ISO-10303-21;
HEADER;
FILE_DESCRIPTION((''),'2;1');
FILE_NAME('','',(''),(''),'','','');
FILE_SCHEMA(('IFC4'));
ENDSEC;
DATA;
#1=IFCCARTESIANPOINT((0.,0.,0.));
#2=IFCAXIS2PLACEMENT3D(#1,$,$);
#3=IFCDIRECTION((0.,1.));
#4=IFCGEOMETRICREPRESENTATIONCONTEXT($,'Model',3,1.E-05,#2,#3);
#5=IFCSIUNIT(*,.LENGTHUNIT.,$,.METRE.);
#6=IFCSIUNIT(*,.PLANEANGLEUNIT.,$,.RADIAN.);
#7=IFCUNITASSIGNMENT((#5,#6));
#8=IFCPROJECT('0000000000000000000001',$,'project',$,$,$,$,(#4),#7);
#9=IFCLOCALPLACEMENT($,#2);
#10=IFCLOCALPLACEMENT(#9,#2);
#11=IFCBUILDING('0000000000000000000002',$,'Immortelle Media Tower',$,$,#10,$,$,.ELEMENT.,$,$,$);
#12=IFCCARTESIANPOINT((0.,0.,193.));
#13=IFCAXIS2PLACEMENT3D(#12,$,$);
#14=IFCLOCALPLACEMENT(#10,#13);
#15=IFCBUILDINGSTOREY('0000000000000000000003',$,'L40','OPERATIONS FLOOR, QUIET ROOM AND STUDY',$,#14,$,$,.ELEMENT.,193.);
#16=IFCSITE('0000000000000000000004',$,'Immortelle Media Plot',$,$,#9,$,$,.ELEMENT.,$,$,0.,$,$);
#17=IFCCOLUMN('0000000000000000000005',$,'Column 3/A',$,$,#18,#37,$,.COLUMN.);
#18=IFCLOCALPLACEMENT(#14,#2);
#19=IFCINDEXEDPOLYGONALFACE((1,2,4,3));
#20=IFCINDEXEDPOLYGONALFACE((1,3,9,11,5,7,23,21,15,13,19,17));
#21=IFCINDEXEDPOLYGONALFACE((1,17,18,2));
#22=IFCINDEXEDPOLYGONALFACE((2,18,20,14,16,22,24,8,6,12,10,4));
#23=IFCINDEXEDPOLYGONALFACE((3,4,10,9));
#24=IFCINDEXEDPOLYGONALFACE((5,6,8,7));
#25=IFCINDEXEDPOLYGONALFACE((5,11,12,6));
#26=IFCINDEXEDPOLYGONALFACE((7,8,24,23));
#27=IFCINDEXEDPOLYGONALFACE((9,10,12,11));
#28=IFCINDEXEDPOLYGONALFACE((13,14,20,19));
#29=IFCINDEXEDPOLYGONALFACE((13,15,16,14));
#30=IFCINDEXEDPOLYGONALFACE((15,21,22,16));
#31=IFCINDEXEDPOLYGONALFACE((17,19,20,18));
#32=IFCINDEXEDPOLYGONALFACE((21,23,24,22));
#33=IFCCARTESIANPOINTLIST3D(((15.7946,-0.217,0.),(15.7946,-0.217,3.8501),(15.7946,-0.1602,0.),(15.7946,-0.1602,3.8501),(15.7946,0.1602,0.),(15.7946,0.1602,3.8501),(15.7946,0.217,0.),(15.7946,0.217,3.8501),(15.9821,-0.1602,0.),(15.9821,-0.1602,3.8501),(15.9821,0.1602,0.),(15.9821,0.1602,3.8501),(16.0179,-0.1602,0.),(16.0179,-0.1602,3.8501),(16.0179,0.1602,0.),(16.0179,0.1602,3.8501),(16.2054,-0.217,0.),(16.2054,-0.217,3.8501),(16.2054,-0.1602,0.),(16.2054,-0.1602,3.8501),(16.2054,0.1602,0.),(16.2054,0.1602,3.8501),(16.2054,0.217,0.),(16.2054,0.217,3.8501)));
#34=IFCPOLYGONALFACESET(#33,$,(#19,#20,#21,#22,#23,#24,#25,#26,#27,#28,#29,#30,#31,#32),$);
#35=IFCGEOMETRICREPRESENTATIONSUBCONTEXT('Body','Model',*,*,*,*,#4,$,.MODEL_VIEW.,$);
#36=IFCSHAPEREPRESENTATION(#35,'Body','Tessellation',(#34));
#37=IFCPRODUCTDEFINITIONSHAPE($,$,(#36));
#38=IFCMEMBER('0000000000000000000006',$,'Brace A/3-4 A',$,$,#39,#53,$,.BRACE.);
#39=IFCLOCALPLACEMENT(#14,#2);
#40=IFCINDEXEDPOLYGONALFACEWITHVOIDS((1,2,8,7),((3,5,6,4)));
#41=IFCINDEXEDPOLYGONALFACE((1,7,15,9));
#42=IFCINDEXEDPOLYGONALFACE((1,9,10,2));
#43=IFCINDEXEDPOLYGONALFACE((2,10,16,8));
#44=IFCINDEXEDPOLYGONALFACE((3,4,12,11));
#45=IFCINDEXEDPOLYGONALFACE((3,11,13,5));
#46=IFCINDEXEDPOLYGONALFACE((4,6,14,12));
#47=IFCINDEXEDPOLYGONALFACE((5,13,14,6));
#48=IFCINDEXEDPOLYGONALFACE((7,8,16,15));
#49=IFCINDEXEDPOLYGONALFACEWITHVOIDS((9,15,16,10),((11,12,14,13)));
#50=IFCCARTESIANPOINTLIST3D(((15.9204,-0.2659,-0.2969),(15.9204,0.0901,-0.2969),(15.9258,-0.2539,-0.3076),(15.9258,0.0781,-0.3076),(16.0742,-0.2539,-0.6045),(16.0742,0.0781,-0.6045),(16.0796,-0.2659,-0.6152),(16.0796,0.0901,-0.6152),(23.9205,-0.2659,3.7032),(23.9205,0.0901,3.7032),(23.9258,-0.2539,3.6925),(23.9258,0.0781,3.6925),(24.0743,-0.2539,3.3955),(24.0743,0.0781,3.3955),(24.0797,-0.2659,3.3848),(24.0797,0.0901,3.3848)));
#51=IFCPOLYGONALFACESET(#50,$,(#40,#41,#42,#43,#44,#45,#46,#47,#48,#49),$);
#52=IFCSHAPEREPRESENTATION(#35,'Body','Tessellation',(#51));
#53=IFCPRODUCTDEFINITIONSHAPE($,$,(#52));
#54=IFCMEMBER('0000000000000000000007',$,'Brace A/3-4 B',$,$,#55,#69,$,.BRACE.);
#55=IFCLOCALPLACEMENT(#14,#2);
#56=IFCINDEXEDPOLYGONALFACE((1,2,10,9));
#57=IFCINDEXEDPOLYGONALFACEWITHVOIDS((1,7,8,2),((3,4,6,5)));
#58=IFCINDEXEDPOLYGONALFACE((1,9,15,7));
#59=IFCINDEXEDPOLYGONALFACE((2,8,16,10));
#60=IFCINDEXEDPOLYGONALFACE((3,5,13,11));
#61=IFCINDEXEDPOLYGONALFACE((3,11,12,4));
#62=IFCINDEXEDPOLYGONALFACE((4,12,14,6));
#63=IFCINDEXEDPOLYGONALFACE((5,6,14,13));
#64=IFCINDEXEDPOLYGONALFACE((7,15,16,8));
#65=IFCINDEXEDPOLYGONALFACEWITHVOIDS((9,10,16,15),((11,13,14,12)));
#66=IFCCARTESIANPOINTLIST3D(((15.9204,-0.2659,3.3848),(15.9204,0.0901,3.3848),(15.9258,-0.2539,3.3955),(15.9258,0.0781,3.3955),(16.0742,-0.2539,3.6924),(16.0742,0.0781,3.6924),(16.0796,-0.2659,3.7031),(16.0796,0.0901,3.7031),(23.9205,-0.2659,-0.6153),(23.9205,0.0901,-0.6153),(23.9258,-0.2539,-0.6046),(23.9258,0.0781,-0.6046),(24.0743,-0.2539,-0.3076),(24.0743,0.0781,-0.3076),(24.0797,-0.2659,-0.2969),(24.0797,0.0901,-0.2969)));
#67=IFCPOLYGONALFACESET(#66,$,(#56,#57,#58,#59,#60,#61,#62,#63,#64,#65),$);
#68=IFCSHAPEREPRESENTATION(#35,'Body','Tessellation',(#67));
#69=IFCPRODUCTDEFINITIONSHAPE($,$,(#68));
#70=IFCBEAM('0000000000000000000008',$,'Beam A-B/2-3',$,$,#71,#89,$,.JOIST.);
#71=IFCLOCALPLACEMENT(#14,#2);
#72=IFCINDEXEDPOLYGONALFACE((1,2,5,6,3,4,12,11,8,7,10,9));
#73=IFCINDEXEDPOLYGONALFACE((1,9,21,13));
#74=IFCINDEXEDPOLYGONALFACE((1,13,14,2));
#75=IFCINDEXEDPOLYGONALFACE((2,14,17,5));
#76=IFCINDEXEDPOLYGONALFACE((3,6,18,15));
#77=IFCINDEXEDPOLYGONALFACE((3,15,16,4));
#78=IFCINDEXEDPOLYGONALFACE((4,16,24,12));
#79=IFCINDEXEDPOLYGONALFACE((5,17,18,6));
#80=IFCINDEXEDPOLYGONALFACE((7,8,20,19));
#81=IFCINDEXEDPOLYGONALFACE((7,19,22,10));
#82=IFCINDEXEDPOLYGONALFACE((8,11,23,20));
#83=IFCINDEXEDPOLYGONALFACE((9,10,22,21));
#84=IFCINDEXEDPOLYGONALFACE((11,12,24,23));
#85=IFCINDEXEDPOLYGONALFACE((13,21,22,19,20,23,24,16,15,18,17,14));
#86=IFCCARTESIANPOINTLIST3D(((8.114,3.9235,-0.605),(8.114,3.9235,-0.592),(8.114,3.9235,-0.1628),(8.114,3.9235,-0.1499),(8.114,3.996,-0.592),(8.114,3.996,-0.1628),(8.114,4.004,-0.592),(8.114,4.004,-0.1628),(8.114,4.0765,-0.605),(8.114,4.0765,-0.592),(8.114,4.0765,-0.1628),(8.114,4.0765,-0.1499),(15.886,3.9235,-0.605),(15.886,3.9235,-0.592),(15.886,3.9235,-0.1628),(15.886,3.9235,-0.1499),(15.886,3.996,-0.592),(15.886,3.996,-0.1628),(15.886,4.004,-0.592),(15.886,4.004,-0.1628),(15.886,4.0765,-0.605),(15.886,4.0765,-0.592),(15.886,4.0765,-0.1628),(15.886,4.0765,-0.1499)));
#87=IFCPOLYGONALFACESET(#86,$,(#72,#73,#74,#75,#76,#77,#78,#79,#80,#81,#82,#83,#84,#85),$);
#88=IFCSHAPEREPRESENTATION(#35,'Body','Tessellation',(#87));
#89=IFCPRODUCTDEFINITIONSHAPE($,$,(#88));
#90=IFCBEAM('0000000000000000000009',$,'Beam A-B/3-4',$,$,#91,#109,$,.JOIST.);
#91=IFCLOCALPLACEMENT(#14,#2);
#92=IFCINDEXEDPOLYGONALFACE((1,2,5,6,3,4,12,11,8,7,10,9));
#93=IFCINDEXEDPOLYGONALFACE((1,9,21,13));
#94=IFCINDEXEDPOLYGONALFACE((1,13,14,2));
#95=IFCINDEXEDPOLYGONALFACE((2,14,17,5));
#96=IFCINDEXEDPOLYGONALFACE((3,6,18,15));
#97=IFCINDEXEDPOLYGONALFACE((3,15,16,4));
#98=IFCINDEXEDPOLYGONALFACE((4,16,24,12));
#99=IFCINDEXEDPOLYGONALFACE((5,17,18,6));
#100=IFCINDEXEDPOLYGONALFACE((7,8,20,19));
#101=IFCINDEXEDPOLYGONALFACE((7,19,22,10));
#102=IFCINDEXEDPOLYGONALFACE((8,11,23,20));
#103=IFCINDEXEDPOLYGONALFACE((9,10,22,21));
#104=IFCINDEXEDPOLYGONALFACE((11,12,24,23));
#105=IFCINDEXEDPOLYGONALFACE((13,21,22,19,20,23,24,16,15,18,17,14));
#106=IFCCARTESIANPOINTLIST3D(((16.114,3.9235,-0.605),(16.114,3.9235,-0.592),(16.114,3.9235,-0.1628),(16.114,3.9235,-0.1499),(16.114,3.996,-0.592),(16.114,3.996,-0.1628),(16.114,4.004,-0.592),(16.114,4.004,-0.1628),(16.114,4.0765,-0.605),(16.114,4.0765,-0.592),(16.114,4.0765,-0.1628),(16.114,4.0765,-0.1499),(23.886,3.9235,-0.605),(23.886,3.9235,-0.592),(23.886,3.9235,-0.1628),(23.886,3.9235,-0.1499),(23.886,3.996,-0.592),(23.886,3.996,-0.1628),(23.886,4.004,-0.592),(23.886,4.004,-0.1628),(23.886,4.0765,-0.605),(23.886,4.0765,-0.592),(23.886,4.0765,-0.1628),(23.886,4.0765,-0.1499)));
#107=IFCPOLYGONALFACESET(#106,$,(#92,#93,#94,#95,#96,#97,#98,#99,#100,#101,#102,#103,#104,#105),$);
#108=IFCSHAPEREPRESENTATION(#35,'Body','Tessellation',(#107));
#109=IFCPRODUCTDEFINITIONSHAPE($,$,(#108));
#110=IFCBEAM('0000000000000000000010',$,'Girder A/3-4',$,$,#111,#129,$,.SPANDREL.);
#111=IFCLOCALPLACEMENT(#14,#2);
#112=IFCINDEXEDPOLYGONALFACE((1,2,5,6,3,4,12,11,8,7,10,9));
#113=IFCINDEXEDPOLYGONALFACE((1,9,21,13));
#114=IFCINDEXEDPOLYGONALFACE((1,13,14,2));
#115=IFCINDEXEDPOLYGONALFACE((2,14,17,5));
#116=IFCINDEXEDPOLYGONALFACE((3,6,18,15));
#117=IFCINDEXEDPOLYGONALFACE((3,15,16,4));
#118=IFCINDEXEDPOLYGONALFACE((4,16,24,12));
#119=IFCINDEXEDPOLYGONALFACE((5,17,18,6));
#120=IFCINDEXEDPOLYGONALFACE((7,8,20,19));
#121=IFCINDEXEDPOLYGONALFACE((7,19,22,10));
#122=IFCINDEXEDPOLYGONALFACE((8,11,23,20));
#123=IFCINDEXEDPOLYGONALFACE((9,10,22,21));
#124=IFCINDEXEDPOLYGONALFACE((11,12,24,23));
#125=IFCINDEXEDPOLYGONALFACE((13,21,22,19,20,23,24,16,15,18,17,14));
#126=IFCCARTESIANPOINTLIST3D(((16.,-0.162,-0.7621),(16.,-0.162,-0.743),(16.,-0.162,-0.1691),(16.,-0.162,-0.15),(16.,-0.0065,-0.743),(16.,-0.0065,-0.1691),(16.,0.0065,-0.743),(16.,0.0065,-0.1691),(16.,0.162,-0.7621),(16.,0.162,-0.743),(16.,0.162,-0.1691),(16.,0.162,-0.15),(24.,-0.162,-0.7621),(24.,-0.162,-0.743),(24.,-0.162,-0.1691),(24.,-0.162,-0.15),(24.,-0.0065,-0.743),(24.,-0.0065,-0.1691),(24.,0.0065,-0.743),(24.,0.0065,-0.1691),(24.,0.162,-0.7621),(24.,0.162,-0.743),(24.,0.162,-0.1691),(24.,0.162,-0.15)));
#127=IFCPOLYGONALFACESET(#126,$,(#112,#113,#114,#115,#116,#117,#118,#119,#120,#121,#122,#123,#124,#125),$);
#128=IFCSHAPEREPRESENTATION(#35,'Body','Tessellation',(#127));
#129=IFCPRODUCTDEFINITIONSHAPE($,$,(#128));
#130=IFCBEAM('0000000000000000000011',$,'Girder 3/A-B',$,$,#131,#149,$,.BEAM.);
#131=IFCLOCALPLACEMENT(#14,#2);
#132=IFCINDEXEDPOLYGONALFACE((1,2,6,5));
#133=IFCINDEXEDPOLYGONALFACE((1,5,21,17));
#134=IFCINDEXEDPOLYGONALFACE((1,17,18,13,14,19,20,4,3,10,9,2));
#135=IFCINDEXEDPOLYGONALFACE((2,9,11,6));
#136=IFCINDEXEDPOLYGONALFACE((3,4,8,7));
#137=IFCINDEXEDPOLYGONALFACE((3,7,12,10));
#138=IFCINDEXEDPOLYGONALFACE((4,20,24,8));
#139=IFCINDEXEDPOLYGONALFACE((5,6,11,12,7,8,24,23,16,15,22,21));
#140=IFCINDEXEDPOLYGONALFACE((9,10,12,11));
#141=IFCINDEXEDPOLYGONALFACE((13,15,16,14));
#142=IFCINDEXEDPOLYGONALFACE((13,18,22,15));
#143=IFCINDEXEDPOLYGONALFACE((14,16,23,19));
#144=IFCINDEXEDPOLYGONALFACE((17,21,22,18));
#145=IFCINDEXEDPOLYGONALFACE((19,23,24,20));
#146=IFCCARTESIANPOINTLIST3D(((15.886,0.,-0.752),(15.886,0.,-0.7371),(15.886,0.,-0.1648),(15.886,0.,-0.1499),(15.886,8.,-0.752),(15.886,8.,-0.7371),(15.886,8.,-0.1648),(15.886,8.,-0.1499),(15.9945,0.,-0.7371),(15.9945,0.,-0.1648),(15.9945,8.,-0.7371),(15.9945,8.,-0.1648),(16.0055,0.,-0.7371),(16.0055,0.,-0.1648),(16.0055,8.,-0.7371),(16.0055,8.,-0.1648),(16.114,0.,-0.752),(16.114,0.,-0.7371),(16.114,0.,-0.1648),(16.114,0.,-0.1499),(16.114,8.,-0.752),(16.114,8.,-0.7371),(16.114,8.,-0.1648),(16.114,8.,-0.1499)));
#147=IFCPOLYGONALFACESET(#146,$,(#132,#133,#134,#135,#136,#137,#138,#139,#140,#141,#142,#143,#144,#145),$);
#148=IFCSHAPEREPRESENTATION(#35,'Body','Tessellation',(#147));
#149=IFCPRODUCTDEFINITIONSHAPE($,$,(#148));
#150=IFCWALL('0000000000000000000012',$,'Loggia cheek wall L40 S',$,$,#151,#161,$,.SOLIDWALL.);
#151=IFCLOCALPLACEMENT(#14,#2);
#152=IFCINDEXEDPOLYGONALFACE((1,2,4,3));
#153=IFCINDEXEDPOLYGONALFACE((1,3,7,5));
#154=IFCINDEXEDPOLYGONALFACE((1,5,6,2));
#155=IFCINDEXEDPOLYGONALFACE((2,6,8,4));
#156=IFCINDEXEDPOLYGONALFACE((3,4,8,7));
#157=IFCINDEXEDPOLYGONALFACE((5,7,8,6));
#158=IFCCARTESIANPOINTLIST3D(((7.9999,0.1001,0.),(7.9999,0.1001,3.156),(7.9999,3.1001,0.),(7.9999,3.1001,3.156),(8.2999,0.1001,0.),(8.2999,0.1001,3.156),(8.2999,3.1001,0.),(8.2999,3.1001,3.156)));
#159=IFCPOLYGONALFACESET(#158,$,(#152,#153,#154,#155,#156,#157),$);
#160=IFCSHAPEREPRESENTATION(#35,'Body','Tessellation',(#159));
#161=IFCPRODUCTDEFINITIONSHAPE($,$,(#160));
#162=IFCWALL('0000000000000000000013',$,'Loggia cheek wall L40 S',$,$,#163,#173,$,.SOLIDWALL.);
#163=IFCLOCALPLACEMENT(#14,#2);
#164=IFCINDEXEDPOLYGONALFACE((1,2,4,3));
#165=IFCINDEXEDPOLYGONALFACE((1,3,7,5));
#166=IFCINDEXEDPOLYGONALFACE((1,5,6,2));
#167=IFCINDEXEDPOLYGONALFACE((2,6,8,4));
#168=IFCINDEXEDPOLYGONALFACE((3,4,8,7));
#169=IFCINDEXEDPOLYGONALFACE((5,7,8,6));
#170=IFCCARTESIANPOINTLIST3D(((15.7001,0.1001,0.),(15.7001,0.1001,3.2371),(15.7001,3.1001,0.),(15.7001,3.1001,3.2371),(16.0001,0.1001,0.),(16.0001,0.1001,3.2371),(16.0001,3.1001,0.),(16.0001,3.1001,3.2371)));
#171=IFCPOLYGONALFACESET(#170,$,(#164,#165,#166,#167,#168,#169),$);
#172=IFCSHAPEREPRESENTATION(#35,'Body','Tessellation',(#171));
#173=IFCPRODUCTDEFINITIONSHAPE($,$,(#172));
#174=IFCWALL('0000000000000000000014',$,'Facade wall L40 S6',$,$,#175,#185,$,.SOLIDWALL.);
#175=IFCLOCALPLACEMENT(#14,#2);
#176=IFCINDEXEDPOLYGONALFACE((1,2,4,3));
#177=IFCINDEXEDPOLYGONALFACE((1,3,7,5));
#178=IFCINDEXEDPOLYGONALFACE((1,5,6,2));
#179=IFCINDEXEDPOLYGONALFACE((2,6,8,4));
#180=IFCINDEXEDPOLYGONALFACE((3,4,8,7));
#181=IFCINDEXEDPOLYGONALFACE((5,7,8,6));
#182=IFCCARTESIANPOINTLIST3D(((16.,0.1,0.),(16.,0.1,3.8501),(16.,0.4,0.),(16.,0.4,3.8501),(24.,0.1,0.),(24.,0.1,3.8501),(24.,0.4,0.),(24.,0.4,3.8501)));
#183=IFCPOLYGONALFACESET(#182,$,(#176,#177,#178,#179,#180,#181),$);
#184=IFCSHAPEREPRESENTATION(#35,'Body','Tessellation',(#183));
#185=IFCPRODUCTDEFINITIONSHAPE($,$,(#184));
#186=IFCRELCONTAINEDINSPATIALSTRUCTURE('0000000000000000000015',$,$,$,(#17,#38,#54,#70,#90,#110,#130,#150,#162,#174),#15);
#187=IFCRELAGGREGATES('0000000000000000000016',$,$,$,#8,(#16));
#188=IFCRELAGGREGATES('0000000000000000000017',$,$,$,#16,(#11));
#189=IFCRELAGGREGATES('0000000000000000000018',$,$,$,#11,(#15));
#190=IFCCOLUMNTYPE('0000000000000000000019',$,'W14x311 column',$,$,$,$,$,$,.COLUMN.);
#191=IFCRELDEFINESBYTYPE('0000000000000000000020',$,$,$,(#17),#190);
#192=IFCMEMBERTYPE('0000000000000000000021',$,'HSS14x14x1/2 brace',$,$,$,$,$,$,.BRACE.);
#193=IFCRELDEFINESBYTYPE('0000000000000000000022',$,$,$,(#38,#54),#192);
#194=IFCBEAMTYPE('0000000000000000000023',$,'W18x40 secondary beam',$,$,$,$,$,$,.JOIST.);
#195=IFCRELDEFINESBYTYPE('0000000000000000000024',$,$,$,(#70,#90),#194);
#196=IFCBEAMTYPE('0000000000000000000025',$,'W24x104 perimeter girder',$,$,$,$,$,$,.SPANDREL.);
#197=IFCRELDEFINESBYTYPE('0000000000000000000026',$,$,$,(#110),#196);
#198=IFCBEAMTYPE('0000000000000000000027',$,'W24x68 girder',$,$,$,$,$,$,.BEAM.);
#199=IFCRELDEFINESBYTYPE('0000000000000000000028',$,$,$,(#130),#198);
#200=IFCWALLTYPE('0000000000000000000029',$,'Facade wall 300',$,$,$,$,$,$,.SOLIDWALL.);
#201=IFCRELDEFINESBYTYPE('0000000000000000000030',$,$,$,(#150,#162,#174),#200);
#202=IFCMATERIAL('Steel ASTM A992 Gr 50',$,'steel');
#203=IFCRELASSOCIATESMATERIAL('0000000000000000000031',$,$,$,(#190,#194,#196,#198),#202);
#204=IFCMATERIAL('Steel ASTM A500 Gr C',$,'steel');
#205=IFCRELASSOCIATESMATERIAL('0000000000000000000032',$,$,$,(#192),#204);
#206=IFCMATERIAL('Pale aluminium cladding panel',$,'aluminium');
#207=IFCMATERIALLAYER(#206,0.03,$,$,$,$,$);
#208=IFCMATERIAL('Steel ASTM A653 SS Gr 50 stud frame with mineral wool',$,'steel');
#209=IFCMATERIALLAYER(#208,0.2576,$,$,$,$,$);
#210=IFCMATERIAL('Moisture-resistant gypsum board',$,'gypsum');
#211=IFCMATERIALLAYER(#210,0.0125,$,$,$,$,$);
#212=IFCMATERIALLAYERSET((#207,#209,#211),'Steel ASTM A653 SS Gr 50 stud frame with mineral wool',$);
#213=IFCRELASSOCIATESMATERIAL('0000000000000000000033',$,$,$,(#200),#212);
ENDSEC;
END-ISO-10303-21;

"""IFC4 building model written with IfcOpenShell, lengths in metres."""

from ifc_helpers import new_model, si_unit, direction, frame, frame_2d, origin, origin_2d, place, context, subcontext, project, spatial, rectangle, hollow_rectangle, i_section, extrude, material, layer, layer_set, material_profile, profile_set, type_object, element, save


model = new_model("IFC4")

# Units and contexts
model_context = context("Model", 3, precision=1e-05, world=origin(), true_north=direction((0.0, 1.0)))
body_context = subcontext(model_context, "Body", "Model", "MODEL_VIEW")
ifc_project = project(units=[si_unit("LENGTHUNIT", "METRE"), si_unit("PLANEANGLEUNIT", "RADIAN")], contexts=[model_context])

# Site, building, storey
site_placement = place(None, origin())
site = spatial("IfcSite", under=ifc_project, at=site_placement, Name="Immortelle Media Plot", CompositionType="ELEMENT", RefElevation=0.0)
building_placement = place(site_placement, origin())
building = spatial("IfcBuilding", under=site, at=building_placement, Name="Immortelle Media Tower", CompositionType="ELEMENT")
storey_placement = place(building_placement, frame((0.0, 0.0, 193.0)))
storey = spatial("IfcBuildingStorey", under=building, at=storey_placement, Name="L40", Description="OPERATIONS FLOOR, QUIET ROOM AND STUDY", CompositionType="ELEMENT", Elevation=193.0)

# Column
ifc_material_1 = material(Name="Steel ASTM A992 Gr 50", Category="steel")
ifc_material_profile_1 = material_profile(ifc_material_1, i_section(OverallWidth=0.4109, OverallDepth=0.4341, WebThickness=0.0359, FlangeThickness=0.0569, at=origin_2d()), Name="W14x311")
ifc_profile_set_1 = profile_set([ifc_material_profile_1], Name="Steel ASTM A992 Gr 50")
column_type = type_object("IfcColumnType", Name="W14x311 column", PredefinedType="COLUMN", material=ifc_profile_set_1)
column_placement = place(storey_placement, frame((16.0, 0.0, 0.0), z_axis=(0.0, 0.0, 1.0), x_axis=(1.0, 0.0, 0.0)))
element("IfcColumn", 1, at=column_placement, inside=storey, type_object=column_type, Name="Column 3/A", PredefinedType="COLUMN", context=body_context, shape_type="SweptSolid", body=[
    extrude(i_section(OverallWidth=0.4109, OverallDepth=0.4341, WebThickness=0.0359, FlangeThickness=0.0569, at=origin_2d()), origin(), (0.0, 0.0, 1.0), 3.8501),
])

# Members
ifc_material_2 = material(Name="Steel ASTM A500 Gr C", Category="steel")
ifc_material_profile_2 = material_profile(ifc_material_2, hollow_rectangle(XDim=0.356, YDim=0.356, WallThickness=0.012, at=origin_2d()), Name="HSS14x14x1/2 brace")
ifc_profile_set_2 = profile_set([ifc_material_profile_2], Name="Steel ASTM A500 Gr C")
member_type = type_object("IfcMemberType", Name="HSS14x14x1/2 brace", PredefinedType="BRACE", material=ifc_profile_set_2)
for number, where, z_axis, x_axis, name in (
    (2, (16.0, -0.0879, -0.4561), (0.894427, 0.0, 0.447214), (0.0, 1.0, 0.0), "Brace A/3-4 A"),
    (3, (16.0, -0.0879, 3.5439), (0.894427, 0.0, -0.447214), (0.0, 1.0, 0.0), "Brace A/3-4 B"),
):
    element("IfcMember", number, at=place(storey_placement, frame(where, z_axis=z_axis, x_axis=x_axis)), inside=storey, type_object=member_type, Name=name, PredefinedType="BRACE", context=body_context, shape_type="SweptSolid", body=[
        extrude(hollow_rectangle(XDim=0.356, YDim=0.356, WallThickness=0.012, at=origin_2d()), origin(), (0.0, 0.0, 1.0), 8.9443),
    ])

# Beams
ifc_material_profile_3 = material_profile(ifc_material_1, i_section(OverallWidth=0.1531, OverallDepth=0.4551, WebThickness=0.0081, FlangeThickness=0.0129, at=origin_2d()), Name="W18x40")
ifc_profile_set_3 = profile_set([ifc_material_profile_3], Name="Steel ASTM A992 Gr 50")
beam_type_1 = type_object("IfcBeamType", Name="W18x40 secondary beam", PredefinedType="JOIST", material=ifc_profile_set_3)
for number, where, z_axis, x_axis, name in (
    (4, (8.114, 4.0, -0.3774), (1.0, 0.0, 0.0), (0.0, 1.0, 0.0), "Beam A-B/2-3"),
    (5, (16.114, 4.0, -0.3774), (1.0, 0.0, 0.0), (0.0, 1.0, 0.0), "Beam A-B/3-4"),
):
    element("IfcBeam", number, at=place(storey_placement, frame(where, z_axis=z_axis, x_axis=x_axis)), inside=storey, type_object=beam_type_1, Name=name, PredefinedType="JOIST", context=body_context, shape_type="SweptSolid", body=[
        extrude(i_section(OverallWidth=0.1531, OverallDepth=0.4551, WebThickness=0.0081, FlangeThickness=0.0129, at=origin_2d()), origin(), (0.0, 0.0, 1.0), 7.772),
    ])
ifc_material_profile_4 = material_profile(ifc_material_1, i_section(OverallWidth=0.324, OverallDepth=0.6121, WebThickness=0.0129, FlangeThickness=0.019, at=origin_2d()), Name="W24x104")
ifc_profile_set_4 = profile_set([ifc_material_profile_4], Name="Steel ASTM A992 Gr 50")
beam_type_2 = type_object("IfcBeamType", Name="W24x104 perimeter girder", PredefinedType="SPANDREL", material=ifc_profile_set_4)
beam_1_placement = place(storey_placement, frame((16.0, 0.0, -0.4561), z_axis=(1.0, 0.0, 0.0), x_axis=(0.0, 1.0, 0.0)))
element("IfcBeam", 6, at=beam_1_placement, inside=storey, type_object=beam_type_2, Name="Girder A/3-4", PredefinedType="SPANDREL", context=body_context, shape_type="SweptSolid", body=[
    extrude(i_section(OverallWidth=0.324, OverallDepth=0.6121, WebThickness=0.0129, FlangeThickness=0.019, at=origin_2d()), origin(), (0.0, 0.0, 1.0), 8.0),
])
ifc_material_profile_5 = material_profile(ifc_material_1, i_section(OverallWidth=0.228, OverallDepth=0.6021, WebThickness=0.011, FlangeThickness=0.0149, at=origin_2d()), Name="W24x68")
ifc_profile_set_5 = profile_set([ifc_material_profile_5], Name="Steel ASTM A992 Gr 50")
beam_type_3 = type_object("IfcBeamType", Name="W24x68 girder", PredefinedType="BEAM", material=ifc_profile_set_5)
beam_2_placement = place(storey_placement, frame((16.0, 0.0, -0.4509), z_axis=(0.0, 1.0, 0.0), x_axis=(-1.0, 0.0, 0.0)))
element("IfcBeam", 7, at=beam_2_placement, inside=storey, type_object=beam_type_3, Name="Girder 3/A-B", PredefinedType="BEAM", context=body_context, shape_type="SweptSolid", body=[
    extrude(i_section(OverallWidth=0.228, OverallDepth=0.6021, WebThickness=0.011, FlangeThickness=0.0149, at=origin_2d()), origin(), (0.0, 0.0, 1.0), 8.0),
])

# Shared definitions
ifc_material_3 = material(Name="Pale aluminium cladding panel", Category="aluminium")
ifc_layer_1 = layer(ifc_material_3, 0.03)
ifc_material_4 = material(Name="Steel ASTM A653 SS Gr 50 stud frame with mineral wool", Category="steel")
ifc_layer_2 = layer(ifc_material_4, 0.2576)
ifc_material_5 = material(Name="Moisture-resistant gypsum board", Category="gypsum")
ifc_layer_3 = layer(ifc_material_5, 0.0125)
ifc_layer_set_1 = layer_set([ifc_layer_1, ifc_layer_2, ifc_layer_3], Name="Steel ASTM A653 SS Gr 50 stud frame with mineral wool")
wall_type_1 = type_object("IfcWallType", Name="Facade wall 300", PredefinedType="SOLIDWALL", material=ifc_layer_set_1)

# Walls
wall_1_placement = place(storey_placement, frame((8.1499, 0.1001, 0.0), z_axis=(0.0, 0.0, 1.0), x_axis=(0.0, 1.0, 0.0)))
element("IfcWall", 8, at=wall_1_placement, inside=storey, type_object=wall_type_1, Name="Loggia cheek wall L40 S", PredefinedType="SOLIDWALL", context=body_context, shape_type="SweptSolid", body=[
    extrude(rectangle(XDim=3.0, YDim=0.3, at=frame_2d((1.5, 0.0))), origin(), (0.0, 0.0, 1.0), 3.156),
])
wall_2_placement = place(storey_placement, frame((15.8501, 0.1001, 0.0), z_axis=(0.0, 0.0, 1.0), x_axis=(0.0, 1.0, 0.0)))
element("IfcWall", 9, at=wall_2_placement, inside=storey, type_object=wall_type_1, Name="Loggia cheek wall L40 S", PredefinedType="SOLIDWALL", context=body_context, shape_type="SweptSolid", body=[
    extrude(rectangle(XDim=3.0, YDim=0.3, at=frame_2d((1.5, 0.0))), origin(), (0.0, 0.0, 1.0), 3.2371),
])
wall_3_placement = place(storey_placement, frame((16.0, 0.25, 0.0), z_axis=(0.0, 0.0, 1.0), x_axis=(1.0, 0.0, 0.0)))
element("IfcWall", 10, at=wall_3_placement, inside=storey, type_object=wall_type_1, Name="Facade wall L40 S6", PredefinedType="SOLIDWALL", context=body_context, shape_type="SweptSolid", body=[
    extrude(rectangle(XDim=8.0, YDim=0.3, at=frame_2d((4.0, 0.0))), origin(), (0.0, 0.0, 1.0), 3.8501),
])

save(model, "model.ifc")
